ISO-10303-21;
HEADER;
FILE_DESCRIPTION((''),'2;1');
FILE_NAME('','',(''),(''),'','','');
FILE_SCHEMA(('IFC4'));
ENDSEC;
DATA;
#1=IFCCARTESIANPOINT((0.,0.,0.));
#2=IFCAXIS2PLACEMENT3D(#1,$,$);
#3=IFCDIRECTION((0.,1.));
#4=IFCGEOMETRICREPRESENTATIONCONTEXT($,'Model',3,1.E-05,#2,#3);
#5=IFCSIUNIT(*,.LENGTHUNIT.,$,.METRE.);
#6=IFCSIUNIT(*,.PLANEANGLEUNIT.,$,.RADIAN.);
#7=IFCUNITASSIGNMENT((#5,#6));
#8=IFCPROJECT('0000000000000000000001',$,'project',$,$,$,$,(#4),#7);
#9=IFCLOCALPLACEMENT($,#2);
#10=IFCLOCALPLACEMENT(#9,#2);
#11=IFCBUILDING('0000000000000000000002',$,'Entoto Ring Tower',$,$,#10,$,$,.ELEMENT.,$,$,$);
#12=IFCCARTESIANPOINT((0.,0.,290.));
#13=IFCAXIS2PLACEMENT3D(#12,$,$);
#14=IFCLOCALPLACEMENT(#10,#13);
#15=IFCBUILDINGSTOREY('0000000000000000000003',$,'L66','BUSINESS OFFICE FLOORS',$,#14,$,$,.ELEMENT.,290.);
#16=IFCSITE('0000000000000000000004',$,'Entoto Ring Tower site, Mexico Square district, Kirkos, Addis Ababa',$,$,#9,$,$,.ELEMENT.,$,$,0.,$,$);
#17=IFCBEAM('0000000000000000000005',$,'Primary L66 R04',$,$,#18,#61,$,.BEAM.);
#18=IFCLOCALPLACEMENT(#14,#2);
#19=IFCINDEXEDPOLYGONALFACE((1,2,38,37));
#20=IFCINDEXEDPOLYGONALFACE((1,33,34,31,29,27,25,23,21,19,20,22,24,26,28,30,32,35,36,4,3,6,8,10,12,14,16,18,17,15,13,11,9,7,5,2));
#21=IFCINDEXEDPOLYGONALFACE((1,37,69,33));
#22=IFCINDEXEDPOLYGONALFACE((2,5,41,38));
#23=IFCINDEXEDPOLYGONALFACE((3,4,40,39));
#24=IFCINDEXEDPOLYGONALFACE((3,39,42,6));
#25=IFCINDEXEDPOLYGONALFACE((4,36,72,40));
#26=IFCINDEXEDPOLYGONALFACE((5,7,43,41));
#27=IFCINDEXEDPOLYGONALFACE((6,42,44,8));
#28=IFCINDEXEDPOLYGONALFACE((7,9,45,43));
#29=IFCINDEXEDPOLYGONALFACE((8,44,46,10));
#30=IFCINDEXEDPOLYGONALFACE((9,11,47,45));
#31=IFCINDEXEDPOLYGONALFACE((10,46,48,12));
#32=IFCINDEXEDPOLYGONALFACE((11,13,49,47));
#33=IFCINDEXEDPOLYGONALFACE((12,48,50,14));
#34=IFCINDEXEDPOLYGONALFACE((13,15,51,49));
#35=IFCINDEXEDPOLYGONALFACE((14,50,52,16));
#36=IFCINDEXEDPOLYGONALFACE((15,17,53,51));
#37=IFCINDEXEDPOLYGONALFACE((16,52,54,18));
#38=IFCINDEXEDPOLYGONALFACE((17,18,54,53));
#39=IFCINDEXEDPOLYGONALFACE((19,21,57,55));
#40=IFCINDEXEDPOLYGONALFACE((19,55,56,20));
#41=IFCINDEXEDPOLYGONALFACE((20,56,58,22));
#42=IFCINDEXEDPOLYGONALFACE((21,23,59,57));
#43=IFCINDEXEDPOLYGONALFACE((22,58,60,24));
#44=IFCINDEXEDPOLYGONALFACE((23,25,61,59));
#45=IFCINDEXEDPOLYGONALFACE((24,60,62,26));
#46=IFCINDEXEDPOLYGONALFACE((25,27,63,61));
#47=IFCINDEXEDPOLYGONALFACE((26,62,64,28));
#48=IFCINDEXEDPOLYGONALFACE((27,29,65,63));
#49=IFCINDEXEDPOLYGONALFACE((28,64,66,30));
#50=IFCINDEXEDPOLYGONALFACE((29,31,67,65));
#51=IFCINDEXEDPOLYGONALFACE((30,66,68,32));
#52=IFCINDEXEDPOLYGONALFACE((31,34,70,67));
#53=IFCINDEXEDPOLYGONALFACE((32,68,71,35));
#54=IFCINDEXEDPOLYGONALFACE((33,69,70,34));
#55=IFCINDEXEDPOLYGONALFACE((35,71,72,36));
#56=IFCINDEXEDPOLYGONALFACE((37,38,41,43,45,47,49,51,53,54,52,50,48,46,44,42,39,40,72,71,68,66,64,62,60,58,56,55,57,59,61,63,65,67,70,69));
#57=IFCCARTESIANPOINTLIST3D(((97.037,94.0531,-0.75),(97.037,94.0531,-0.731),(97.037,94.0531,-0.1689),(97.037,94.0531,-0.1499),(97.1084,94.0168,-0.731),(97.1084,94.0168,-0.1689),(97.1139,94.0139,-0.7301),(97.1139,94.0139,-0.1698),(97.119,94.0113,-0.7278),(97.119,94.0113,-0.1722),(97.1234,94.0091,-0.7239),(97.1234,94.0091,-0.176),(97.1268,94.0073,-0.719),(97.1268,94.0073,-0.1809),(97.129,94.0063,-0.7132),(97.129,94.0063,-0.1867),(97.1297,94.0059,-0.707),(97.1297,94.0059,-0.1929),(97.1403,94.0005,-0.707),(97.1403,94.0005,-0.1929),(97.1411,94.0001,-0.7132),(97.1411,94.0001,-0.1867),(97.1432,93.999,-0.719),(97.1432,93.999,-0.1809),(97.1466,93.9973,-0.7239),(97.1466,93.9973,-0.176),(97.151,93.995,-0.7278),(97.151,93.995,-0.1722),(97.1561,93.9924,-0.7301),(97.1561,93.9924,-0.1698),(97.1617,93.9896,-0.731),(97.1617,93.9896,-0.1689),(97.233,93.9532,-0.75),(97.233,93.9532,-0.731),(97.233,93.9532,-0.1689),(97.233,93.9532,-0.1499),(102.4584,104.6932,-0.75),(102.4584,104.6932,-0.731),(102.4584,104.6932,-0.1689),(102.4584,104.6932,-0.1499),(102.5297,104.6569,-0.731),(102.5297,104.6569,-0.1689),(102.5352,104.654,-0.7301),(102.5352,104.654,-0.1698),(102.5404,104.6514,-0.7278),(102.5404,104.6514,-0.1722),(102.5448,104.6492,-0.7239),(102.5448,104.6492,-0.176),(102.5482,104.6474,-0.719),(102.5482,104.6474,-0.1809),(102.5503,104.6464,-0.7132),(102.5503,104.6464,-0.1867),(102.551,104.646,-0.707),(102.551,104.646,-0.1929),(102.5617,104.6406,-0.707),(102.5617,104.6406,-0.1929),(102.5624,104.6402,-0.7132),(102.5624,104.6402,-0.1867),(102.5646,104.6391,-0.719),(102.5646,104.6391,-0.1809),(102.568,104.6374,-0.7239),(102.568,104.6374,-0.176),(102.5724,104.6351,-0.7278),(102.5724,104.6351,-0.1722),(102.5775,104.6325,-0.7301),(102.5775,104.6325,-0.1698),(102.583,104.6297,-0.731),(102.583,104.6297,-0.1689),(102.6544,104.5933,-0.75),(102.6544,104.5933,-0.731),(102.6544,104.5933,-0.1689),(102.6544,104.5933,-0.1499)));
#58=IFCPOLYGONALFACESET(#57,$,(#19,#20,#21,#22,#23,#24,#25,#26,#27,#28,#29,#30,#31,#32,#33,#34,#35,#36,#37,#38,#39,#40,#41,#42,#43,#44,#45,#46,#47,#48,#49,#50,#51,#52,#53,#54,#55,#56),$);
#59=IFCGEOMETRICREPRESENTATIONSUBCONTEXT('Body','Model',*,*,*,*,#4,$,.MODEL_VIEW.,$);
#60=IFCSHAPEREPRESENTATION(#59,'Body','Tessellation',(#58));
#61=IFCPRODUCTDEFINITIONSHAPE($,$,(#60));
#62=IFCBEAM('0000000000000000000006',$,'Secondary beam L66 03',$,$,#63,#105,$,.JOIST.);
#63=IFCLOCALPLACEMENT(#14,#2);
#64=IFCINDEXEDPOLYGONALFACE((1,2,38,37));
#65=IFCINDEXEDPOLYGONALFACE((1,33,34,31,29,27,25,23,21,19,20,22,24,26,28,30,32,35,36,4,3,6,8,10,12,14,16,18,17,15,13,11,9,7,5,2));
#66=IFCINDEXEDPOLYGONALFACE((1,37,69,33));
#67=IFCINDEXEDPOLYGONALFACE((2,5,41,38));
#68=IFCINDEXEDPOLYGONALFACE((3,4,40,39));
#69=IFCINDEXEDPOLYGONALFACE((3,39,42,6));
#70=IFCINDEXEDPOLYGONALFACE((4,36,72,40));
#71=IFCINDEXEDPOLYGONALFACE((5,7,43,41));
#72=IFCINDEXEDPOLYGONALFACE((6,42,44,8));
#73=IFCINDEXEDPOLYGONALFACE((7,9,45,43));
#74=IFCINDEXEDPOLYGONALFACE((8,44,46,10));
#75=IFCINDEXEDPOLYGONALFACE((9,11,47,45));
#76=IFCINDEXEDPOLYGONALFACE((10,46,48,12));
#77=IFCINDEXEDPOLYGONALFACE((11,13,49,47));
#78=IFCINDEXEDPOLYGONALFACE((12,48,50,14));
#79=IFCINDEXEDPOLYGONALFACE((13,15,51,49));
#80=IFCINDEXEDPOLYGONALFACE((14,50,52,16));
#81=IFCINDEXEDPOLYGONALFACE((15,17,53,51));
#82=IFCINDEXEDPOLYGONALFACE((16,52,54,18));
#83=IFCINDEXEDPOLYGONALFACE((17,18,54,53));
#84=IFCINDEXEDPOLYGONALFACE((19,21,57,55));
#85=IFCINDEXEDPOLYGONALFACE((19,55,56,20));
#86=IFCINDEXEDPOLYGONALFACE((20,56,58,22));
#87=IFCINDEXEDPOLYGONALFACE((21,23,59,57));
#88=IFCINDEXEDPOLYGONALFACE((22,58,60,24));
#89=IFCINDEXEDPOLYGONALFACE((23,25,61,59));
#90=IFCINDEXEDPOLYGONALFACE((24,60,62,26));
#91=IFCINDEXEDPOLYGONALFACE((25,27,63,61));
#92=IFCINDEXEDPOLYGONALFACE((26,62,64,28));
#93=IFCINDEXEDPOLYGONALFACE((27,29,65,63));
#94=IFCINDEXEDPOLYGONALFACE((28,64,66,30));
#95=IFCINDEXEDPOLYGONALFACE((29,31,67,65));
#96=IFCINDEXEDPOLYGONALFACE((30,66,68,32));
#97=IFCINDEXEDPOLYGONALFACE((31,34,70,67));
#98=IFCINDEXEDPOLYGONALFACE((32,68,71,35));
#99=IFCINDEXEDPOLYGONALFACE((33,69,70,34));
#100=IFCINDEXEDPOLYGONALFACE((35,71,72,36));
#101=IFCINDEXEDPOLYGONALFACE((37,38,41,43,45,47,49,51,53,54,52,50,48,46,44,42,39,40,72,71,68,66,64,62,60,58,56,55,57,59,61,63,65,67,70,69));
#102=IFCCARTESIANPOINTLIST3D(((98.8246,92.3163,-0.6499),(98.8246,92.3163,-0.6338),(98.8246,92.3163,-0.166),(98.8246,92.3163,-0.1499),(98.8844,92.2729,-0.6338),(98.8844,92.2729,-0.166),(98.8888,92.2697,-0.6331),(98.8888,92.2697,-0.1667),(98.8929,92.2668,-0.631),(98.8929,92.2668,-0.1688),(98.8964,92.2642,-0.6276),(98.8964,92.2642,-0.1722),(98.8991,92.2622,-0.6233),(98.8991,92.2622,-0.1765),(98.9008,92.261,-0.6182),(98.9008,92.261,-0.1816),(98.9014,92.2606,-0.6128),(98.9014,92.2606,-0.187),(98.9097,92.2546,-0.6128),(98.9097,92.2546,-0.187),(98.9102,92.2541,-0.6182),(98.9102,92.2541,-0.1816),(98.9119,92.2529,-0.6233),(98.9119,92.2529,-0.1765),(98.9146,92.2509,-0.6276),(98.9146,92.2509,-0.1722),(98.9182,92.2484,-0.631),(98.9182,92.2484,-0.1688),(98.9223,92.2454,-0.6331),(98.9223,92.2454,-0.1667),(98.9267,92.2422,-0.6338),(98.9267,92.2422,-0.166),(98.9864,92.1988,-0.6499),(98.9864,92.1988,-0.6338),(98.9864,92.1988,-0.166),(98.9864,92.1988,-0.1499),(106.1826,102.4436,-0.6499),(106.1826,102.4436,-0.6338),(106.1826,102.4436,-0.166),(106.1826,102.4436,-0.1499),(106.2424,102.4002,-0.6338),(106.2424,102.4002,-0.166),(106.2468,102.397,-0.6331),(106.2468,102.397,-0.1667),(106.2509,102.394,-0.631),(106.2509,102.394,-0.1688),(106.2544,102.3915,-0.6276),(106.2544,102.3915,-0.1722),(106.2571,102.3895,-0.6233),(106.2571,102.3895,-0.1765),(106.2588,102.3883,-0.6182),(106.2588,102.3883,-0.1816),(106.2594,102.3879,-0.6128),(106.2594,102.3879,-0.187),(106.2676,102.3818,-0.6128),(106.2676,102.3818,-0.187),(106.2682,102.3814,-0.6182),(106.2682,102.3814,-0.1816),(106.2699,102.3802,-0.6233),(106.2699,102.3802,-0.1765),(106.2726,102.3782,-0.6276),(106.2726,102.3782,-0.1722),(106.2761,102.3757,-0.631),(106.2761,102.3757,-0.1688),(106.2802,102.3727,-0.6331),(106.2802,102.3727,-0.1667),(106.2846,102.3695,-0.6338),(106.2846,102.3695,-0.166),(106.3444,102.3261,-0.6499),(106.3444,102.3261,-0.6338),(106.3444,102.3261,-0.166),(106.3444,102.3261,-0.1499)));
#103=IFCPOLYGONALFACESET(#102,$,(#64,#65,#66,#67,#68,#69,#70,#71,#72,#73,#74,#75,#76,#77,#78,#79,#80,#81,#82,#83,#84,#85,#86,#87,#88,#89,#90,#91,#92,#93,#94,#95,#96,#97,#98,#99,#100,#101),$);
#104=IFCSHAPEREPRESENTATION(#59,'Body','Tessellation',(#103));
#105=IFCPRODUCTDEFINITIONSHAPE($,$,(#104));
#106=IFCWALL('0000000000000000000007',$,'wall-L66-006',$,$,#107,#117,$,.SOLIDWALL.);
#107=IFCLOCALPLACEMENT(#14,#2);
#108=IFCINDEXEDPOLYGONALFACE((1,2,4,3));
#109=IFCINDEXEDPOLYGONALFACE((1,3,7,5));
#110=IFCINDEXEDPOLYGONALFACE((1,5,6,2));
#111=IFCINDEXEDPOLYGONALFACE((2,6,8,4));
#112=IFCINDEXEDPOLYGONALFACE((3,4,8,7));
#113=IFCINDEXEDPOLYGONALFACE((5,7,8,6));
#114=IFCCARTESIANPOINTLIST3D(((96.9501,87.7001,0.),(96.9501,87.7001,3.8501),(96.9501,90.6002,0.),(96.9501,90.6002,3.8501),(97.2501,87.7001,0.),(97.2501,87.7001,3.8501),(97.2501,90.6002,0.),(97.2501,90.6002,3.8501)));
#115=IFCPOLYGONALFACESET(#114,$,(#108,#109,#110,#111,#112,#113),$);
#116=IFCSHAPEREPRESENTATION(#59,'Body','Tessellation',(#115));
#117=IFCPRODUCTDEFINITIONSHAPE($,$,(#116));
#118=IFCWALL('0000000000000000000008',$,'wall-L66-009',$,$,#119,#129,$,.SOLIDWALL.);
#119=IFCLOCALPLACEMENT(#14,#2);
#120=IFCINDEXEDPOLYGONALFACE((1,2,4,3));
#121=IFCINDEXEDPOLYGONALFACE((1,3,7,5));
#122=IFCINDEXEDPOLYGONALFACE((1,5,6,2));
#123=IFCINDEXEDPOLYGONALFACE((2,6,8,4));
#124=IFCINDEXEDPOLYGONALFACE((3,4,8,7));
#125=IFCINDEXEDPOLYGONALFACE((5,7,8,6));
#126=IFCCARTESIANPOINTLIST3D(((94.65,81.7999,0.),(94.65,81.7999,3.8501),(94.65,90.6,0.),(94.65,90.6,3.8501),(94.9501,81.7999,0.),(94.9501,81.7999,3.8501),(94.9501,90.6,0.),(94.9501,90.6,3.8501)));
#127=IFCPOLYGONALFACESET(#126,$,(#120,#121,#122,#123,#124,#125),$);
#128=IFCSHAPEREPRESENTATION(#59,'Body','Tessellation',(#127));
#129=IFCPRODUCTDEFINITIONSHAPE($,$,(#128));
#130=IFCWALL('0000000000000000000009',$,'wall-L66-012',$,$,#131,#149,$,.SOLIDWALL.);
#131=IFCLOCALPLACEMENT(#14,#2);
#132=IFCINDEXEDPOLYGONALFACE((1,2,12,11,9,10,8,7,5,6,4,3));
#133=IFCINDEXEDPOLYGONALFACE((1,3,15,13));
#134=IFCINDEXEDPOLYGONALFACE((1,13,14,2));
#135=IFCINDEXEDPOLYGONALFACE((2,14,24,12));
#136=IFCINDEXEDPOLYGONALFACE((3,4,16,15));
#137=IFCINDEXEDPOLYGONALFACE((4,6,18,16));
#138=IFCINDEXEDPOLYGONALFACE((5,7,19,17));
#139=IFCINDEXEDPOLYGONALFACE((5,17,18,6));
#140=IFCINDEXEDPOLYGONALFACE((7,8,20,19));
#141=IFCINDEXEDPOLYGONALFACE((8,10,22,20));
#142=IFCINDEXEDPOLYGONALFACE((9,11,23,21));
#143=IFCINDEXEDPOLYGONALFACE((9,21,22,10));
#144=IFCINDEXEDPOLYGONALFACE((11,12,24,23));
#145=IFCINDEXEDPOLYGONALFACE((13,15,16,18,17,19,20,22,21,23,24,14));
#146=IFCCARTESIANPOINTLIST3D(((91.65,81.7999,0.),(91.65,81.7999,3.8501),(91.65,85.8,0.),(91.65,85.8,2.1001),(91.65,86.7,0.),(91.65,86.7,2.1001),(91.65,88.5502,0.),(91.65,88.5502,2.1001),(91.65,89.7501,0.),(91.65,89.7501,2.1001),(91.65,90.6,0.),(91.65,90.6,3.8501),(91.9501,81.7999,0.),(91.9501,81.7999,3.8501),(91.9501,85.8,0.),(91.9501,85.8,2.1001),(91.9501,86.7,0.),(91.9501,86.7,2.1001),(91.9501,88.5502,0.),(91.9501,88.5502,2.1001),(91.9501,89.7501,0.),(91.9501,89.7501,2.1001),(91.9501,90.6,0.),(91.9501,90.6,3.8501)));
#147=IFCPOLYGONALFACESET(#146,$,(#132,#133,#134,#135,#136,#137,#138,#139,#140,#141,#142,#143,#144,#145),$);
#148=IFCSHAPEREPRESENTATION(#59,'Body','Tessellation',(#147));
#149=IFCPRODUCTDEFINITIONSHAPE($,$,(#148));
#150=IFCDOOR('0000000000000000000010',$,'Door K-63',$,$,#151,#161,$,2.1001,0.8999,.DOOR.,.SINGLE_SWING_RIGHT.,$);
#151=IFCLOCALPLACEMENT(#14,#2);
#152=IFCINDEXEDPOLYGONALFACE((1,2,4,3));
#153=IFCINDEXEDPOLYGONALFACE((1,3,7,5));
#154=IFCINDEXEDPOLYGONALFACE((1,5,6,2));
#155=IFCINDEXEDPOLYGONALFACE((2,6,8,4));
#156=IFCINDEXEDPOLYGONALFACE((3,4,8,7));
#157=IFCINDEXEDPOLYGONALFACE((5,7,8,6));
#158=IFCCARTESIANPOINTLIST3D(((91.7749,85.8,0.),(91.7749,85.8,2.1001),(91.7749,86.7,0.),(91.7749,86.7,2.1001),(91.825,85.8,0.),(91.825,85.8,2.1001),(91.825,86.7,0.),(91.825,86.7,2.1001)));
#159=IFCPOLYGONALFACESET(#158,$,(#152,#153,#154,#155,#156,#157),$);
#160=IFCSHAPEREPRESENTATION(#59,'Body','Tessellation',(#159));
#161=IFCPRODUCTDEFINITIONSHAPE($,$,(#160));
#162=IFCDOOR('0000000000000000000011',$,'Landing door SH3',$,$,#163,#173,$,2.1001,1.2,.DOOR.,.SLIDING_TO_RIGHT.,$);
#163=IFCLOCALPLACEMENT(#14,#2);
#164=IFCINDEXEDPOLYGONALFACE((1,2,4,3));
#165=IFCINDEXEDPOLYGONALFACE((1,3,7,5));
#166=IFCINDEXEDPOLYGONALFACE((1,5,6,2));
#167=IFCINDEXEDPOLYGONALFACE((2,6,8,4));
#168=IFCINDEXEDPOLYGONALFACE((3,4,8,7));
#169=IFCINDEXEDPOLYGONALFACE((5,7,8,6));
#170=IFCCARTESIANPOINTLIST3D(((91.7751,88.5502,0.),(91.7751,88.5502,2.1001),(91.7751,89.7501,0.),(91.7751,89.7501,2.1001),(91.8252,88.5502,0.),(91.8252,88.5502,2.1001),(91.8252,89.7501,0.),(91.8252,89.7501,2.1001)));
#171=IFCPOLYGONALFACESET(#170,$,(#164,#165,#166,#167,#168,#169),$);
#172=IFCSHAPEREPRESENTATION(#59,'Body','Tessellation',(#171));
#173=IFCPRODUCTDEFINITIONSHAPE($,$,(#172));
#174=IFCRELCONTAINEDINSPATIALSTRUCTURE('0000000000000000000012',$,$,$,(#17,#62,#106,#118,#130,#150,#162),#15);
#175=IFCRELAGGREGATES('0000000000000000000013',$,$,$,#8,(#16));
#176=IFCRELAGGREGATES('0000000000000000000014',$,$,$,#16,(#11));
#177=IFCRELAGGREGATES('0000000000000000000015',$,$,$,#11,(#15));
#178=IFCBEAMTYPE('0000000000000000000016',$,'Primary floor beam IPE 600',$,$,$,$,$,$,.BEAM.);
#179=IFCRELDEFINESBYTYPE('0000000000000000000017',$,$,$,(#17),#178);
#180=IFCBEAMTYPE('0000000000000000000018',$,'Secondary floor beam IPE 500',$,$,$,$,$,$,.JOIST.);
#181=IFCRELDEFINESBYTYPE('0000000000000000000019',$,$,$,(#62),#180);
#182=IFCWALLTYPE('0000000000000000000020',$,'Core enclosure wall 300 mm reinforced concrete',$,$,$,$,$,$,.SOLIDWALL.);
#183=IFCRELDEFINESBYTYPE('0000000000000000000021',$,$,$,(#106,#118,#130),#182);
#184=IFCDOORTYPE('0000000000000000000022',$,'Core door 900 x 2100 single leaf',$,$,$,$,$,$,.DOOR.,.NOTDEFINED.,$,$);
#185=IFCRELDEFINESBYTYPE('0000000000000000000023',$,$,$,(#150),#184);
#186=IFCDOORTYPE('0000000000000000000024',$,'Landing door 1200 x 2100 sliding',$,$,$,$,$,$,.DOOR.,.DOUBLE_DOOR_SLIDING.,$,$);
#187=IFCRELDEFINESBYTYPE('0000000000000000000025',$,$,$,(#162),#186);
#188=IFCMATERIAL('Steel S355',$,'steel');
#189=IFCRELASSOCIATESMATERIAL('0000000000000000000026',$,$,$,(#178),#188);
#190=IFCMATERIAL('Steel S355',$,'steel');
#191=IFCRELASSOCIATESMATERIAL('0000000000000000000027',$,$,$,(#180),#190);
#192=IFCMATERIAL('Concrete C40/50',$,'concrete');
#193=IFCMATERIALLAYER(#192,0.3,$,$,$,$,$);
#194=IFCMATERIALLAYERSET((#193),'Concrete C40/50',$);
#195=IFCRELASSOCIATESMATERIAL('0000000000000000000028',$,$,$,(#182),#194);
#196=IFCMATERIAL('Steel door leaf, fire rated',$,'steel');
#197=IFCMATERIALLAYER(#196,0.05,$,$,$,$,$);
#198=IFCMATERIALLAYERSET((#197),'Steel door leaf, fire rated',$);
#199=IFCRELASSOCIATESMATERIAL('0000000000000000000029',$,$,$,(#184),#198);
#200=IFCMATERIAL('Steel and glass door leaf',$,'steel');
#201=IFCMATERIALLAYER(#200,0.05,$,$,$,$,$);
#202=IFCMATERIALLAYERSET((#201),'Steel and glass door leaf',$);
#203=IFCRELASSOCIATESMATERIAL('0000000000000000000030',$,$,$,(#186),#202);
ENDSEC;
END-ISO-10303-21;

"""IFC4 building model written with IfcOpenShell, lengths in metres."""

from ifc_helpers import new_model, si_unit, direction, frame, frame_2d, origin, origin_2d, place, context, subcontext, project, spatial, rectangle, i_section, extrude, material, layer, layer_set, material_profile, profile_set, type_object, element, fill, save


model = new_model("IFC4")

# Units and contexts
model_context = context("Model", 3, precision=1e-05, world=origin(), true_north=direction((0.0, 1.0)))
body_context = subcontext(model_context, "Body", "Model", "MODEL_VIEW")
ifc_project = project(units=[si_unit("LENGTHUNIT", "METRE"), si_unit("PLANEANGLEUNIT", "RADIAN")], contexts=[model_context])

# Site, building, storey
site_placement = place(None, origin())
site = spatial("IfcSite", under=ifc_project, at=site_placement, Name="Entoto Ring Tower site, Mexico Square district, Kirkos, Addis Ababa", CompositionType="ELEMENT", RefElevation=0.0)
building_placement = place(site_placement, origin())
building = spatial("IfcBuilding", under=site, at=building_placement, Name="Entoto Ring Tower", CompositionType="ELEMENT")
storey_placement = place(building_placement, frame((0.0, 0.0, 290.0)))
storey = spatial("IfcBuildingStorey", under=building, at=storey_placement, Name="L66", Description="BUSINESS OFFICE FLOORS", CompositionType="ELEMENT", Elevation=290.0)

# Beams
ifc_material_1 = material(Name="Steel S355", Category="steel")
ifc_material_profile_1 = material_profile(ifc_material_1, i_section(OverallWidth=0.22, OverallDepth=0.6001, WebThickness=0.012, FlangeThickness=0.019, FilletRadius=0.0239, at=origin_2d()), Name="IPE 600")
ifc_profile_set_1 = profile_set([ifc_material_profile_1], Name="Steel S355")
beam_type_1 = type_object("IfcBeamType", Name="Primary floor beam IPE 600", PredefinedType="BEAM", material=ifc_profile_set_1)
beam_1_placement = place(storey_placement, frame((97.135, 94.0032, -0.45), z_axis=(0.453988, 0.891008, 0.0), x_axis=(-0.891008, 0.453988, 0.0)))
element("IfcBeam", 1, at=beam_1_placement, inside=storey, type_object=beam_type_1, Name="Primary L66 R04", PredefinedType="BEAM", context=body_context, shape_type="SweptSolid", body=[
    extrude(i_section(OverallWidth=0.22, OverallDepth=0.6001, WebThickness=0.012, FlangeThickness=0.019, FilletRadius=0.0239, at=origin_2d()), origin(), (0.0, 0.0, 1.0), 11.9417),
])
ifc_material_2 = material(Name="Steel S355", Category="steel")
ifc_material_profile_2 = material_profile(ifc_material_2, i_section(OverallWidth=0.2, OverallDepth=0.5, WebThickness=0.0103, FlangeThickness=0.0161, FilletRadius=0.021, at=origin_2d()), Name="IPE 500")
ifc_profile_set_2 = profile_set([ifc_material_profile_2], Name="Steel S355")
beam_type_2 = type_object("IfcBeamType", Name="Secondary floor beam IPE 500", PredefinedType="JOIST", material=ifc_profile_set_2)
beam_2_placement = place(storey_placement, frame((98.9055, 92.2576, -0.3999), z_axis=(0.587789, 0.809014, 0.0), x_axis=(-0.809014, 0.587789, 0.0)))
element("IfcBeam", 2, at=beam_2_placement, inside=storey, type_object=beam_type_2, Name="Secondary beam L66 03", PredefinedType="JOIST", context=body_context, shape_type="SweptSolid", body=[
    extrude(i_section(OverallWidth=0.2, OverallDepth=0.5, WebThickness=0.0103, FlangeThickness=0.0161, FilletRadius=0.021, at=origin_2d()), origin(), (0.0, 0.0, 1.0), 12.5181),
])

# Walls
ifc_material_3 = material(Name="Concrete C40/50", Category="concrete")
ifc_layer_1 = layer(ifc_material_3, 0.3)
ifc_layer_set_1 = layer_set([ifc_layer_1], Name="Concrete C40/50")
wall_type = type_object("IfcWallType", Name="Core enclosure wall 300 mm reinforced concrete", PredefinedType="SOLIDWALL", material=ifc_layer_set_1)
wall_1_placement = place(storey_placement, frame((97.1001, 87.7, 0.0), z_axis=(0.0, 0.0, 1.0), x_axis=(0.0, 1.0, 0.0)))
element("IfcWall", 3, at=wall_1_placement, inside=storey, type_object=wall_type, Name="wall-L66-006", PredefinedType="SOLIDWALL", context=body_context, shape_type="SweptSolid", body=[
    extrude(rectangle(XDim=2.9001, YDim=0.3, at=frame_2d((1.4502, 0.0))), origin(), (0.0, 0.0, 1.0), 3.8501),
])
wall_2_placement = place(storey_placement, frame((94.8, 81.8, 0.0), z_axis=(0.0, 0.0, 1.0), x_axis=(0.0, 1.0, 0.0)))
element("IfcWall", 4, at=wall_2_placement, inside=storey, type_object=wall_type, Name="wall-L66-009", PredefinedType="SOLIDWALL", context=body_context, shape_type="SweptSolid", body=[
    extrude(rectangle(XDim=8.8, YDim=0.3, at=frame_2d((4.3999, 0.0))), origin(), (0.0, 0.0, 1.0), 3.8501),
])

# Wall, openings, doors
wall_3_placement = place(storey_placement, frame((91.8, 81.8, 0.0), z_axis=(0.0, 0.0, 1.0), x_axis=(0.0, 1.0, 0.0)))
wall_3 = element("IfcWall", 5, at=wall_3_placement, inside=storey, type_object=wall_type, Name="wall-L66-012", PredefinedType="SOLIDWALL", context=body_context, shape_type="SweptSolid", body=[
    extrude(rectangle(XDim=8.8, YDim=0.3, at=frame_2d((4.3999, 0.0))), origin(), (0.0, 0.0, 1.0), 3.8501),
])
opening_1_placement = place(wall_3_placement, frame((6.75, 0.0, 0.0)))
opening_1 = element("IfcOpeningElement", 6, at=opening_1_placement, cuts=wall_3, PredefinedType="OPENING", context=body_context, shape_type="SweptSolid", body=[
    extrude(rectangle(XDim=1.2, YDim=2.1001, at=frame_2d((0.6001, 1.05))), frame((0.0, 0.1602, 0.0), z_axis=(0.0, -1.0, 0.0), x_axis=(1.0, 0.0, 0.0)), (0.0, 0.0, 1.0), 0.3201),
])
opening_2_placement = place(wall_3_placement, frame((4.0, 0.0, 0.0)))
opening_2 = element("IfcOpeningElement", 7, at=opening_2_placement, cuts=wall_3, PredefinedType="OPENING", context=body_context, shape_type="SweptSolid", body=[
    extrude(rectangle(XDim=0.8999, YDim=2.1001, at=frame_2d((0.45, 1.05))), frame((0.0, 0.1602, 0.0), z_axis=(0.0, -1.0, 0.0), x_axis=(1.0, 0.0, 0.0)), (0.0, 0.0, 1.0), 0.3201),
])
ifc_material_4 = material(Name="Steel door leaf, fire rated", Category="steel")
ifc_layer_2 = layer(ifc_material_4, 0.05)
ifc_layer_set_2 = layer_set([ifc_layer_2], Name="Steel door leaf, fire rated")
door_type_1 = type_object("IfcDoorType", Name="Core door 900 x 2100 single leaf", OperationType="NOTDEFINED", PredefinedType="DOOR", material=ifc_layer_set_2)
door_1_placement = place(opening_2_placement, frame((0.8999, 0.0, 0.0), z_axis=(0.0, 0.0, 1.0), x_axis=(-1.0, 0.0, 0.0)))
door_1 = element("IfcDoor", 8, at=door_1_placement, inside=storey, type_object=door_type_1, Name="Door K-63", OperationType="SINGLE_SWING_RIGHT", OverallHeight=2.1001, OverallWidth=0.8999, PredefinedType="DOOR", context=body_context, shape_type="SweptSolid", body=[
    extrude(rectangle(XDim=0.8999, YDim=2.1001, at=frame_2d((0.45, 1.05))), frame((0.0, 0.0249, 0.0), z_axis=(0.0, -1.0, 0.0), x_axis=(1.0, 0.0, 0.0)), (0.0, 0.0, 1.0), 0.05),
])
fill(opening_2, door_1)
ifc_material_5 = material(Name="Steel and glass door leaf", Category="steel")
ifc_layer_3 = layer(ifc_material_5, 0.05)
ifc_layer_set_3 = layer_set([ifc_layer_3], Name="Steel and glass door leaf")
door_type_2 = type_object("IfcDoorType", Name="Landing door 1200 x 2100 sliding", OperationType="DOUBLE_DOOR_SLIDING", PredefinedType="DOOR", material=ifc_layer_set_3)
door_2_placement = place(opening_1_placement, origin())
door_2 = element("IfcDoor", 9, at=door_2_placement, inside=storey, type_object=door_type_2, Name="Landing door SH3", OperationType="SLIDING_TO_RIGHT", OverallHeight=2.1001, OverallWidth=1.2, PredefinedType="DOOR", context=body_context, shape_type="SweptSolid", body=[
    extrude(rectangle(XDim=1.2, YDim=2.1001, at=frame_2d((0.6001, 1.05))), frame((0.0, 0.0249, 0.0), z_axis=(0.0, -1.0, 0.0), x_axis=(1.0, 0.0, 0.0)), (0.0, 0.0, 1.0), 0.05),
])
fill(opening_1, door_2)

save(model, "model.ifc")
